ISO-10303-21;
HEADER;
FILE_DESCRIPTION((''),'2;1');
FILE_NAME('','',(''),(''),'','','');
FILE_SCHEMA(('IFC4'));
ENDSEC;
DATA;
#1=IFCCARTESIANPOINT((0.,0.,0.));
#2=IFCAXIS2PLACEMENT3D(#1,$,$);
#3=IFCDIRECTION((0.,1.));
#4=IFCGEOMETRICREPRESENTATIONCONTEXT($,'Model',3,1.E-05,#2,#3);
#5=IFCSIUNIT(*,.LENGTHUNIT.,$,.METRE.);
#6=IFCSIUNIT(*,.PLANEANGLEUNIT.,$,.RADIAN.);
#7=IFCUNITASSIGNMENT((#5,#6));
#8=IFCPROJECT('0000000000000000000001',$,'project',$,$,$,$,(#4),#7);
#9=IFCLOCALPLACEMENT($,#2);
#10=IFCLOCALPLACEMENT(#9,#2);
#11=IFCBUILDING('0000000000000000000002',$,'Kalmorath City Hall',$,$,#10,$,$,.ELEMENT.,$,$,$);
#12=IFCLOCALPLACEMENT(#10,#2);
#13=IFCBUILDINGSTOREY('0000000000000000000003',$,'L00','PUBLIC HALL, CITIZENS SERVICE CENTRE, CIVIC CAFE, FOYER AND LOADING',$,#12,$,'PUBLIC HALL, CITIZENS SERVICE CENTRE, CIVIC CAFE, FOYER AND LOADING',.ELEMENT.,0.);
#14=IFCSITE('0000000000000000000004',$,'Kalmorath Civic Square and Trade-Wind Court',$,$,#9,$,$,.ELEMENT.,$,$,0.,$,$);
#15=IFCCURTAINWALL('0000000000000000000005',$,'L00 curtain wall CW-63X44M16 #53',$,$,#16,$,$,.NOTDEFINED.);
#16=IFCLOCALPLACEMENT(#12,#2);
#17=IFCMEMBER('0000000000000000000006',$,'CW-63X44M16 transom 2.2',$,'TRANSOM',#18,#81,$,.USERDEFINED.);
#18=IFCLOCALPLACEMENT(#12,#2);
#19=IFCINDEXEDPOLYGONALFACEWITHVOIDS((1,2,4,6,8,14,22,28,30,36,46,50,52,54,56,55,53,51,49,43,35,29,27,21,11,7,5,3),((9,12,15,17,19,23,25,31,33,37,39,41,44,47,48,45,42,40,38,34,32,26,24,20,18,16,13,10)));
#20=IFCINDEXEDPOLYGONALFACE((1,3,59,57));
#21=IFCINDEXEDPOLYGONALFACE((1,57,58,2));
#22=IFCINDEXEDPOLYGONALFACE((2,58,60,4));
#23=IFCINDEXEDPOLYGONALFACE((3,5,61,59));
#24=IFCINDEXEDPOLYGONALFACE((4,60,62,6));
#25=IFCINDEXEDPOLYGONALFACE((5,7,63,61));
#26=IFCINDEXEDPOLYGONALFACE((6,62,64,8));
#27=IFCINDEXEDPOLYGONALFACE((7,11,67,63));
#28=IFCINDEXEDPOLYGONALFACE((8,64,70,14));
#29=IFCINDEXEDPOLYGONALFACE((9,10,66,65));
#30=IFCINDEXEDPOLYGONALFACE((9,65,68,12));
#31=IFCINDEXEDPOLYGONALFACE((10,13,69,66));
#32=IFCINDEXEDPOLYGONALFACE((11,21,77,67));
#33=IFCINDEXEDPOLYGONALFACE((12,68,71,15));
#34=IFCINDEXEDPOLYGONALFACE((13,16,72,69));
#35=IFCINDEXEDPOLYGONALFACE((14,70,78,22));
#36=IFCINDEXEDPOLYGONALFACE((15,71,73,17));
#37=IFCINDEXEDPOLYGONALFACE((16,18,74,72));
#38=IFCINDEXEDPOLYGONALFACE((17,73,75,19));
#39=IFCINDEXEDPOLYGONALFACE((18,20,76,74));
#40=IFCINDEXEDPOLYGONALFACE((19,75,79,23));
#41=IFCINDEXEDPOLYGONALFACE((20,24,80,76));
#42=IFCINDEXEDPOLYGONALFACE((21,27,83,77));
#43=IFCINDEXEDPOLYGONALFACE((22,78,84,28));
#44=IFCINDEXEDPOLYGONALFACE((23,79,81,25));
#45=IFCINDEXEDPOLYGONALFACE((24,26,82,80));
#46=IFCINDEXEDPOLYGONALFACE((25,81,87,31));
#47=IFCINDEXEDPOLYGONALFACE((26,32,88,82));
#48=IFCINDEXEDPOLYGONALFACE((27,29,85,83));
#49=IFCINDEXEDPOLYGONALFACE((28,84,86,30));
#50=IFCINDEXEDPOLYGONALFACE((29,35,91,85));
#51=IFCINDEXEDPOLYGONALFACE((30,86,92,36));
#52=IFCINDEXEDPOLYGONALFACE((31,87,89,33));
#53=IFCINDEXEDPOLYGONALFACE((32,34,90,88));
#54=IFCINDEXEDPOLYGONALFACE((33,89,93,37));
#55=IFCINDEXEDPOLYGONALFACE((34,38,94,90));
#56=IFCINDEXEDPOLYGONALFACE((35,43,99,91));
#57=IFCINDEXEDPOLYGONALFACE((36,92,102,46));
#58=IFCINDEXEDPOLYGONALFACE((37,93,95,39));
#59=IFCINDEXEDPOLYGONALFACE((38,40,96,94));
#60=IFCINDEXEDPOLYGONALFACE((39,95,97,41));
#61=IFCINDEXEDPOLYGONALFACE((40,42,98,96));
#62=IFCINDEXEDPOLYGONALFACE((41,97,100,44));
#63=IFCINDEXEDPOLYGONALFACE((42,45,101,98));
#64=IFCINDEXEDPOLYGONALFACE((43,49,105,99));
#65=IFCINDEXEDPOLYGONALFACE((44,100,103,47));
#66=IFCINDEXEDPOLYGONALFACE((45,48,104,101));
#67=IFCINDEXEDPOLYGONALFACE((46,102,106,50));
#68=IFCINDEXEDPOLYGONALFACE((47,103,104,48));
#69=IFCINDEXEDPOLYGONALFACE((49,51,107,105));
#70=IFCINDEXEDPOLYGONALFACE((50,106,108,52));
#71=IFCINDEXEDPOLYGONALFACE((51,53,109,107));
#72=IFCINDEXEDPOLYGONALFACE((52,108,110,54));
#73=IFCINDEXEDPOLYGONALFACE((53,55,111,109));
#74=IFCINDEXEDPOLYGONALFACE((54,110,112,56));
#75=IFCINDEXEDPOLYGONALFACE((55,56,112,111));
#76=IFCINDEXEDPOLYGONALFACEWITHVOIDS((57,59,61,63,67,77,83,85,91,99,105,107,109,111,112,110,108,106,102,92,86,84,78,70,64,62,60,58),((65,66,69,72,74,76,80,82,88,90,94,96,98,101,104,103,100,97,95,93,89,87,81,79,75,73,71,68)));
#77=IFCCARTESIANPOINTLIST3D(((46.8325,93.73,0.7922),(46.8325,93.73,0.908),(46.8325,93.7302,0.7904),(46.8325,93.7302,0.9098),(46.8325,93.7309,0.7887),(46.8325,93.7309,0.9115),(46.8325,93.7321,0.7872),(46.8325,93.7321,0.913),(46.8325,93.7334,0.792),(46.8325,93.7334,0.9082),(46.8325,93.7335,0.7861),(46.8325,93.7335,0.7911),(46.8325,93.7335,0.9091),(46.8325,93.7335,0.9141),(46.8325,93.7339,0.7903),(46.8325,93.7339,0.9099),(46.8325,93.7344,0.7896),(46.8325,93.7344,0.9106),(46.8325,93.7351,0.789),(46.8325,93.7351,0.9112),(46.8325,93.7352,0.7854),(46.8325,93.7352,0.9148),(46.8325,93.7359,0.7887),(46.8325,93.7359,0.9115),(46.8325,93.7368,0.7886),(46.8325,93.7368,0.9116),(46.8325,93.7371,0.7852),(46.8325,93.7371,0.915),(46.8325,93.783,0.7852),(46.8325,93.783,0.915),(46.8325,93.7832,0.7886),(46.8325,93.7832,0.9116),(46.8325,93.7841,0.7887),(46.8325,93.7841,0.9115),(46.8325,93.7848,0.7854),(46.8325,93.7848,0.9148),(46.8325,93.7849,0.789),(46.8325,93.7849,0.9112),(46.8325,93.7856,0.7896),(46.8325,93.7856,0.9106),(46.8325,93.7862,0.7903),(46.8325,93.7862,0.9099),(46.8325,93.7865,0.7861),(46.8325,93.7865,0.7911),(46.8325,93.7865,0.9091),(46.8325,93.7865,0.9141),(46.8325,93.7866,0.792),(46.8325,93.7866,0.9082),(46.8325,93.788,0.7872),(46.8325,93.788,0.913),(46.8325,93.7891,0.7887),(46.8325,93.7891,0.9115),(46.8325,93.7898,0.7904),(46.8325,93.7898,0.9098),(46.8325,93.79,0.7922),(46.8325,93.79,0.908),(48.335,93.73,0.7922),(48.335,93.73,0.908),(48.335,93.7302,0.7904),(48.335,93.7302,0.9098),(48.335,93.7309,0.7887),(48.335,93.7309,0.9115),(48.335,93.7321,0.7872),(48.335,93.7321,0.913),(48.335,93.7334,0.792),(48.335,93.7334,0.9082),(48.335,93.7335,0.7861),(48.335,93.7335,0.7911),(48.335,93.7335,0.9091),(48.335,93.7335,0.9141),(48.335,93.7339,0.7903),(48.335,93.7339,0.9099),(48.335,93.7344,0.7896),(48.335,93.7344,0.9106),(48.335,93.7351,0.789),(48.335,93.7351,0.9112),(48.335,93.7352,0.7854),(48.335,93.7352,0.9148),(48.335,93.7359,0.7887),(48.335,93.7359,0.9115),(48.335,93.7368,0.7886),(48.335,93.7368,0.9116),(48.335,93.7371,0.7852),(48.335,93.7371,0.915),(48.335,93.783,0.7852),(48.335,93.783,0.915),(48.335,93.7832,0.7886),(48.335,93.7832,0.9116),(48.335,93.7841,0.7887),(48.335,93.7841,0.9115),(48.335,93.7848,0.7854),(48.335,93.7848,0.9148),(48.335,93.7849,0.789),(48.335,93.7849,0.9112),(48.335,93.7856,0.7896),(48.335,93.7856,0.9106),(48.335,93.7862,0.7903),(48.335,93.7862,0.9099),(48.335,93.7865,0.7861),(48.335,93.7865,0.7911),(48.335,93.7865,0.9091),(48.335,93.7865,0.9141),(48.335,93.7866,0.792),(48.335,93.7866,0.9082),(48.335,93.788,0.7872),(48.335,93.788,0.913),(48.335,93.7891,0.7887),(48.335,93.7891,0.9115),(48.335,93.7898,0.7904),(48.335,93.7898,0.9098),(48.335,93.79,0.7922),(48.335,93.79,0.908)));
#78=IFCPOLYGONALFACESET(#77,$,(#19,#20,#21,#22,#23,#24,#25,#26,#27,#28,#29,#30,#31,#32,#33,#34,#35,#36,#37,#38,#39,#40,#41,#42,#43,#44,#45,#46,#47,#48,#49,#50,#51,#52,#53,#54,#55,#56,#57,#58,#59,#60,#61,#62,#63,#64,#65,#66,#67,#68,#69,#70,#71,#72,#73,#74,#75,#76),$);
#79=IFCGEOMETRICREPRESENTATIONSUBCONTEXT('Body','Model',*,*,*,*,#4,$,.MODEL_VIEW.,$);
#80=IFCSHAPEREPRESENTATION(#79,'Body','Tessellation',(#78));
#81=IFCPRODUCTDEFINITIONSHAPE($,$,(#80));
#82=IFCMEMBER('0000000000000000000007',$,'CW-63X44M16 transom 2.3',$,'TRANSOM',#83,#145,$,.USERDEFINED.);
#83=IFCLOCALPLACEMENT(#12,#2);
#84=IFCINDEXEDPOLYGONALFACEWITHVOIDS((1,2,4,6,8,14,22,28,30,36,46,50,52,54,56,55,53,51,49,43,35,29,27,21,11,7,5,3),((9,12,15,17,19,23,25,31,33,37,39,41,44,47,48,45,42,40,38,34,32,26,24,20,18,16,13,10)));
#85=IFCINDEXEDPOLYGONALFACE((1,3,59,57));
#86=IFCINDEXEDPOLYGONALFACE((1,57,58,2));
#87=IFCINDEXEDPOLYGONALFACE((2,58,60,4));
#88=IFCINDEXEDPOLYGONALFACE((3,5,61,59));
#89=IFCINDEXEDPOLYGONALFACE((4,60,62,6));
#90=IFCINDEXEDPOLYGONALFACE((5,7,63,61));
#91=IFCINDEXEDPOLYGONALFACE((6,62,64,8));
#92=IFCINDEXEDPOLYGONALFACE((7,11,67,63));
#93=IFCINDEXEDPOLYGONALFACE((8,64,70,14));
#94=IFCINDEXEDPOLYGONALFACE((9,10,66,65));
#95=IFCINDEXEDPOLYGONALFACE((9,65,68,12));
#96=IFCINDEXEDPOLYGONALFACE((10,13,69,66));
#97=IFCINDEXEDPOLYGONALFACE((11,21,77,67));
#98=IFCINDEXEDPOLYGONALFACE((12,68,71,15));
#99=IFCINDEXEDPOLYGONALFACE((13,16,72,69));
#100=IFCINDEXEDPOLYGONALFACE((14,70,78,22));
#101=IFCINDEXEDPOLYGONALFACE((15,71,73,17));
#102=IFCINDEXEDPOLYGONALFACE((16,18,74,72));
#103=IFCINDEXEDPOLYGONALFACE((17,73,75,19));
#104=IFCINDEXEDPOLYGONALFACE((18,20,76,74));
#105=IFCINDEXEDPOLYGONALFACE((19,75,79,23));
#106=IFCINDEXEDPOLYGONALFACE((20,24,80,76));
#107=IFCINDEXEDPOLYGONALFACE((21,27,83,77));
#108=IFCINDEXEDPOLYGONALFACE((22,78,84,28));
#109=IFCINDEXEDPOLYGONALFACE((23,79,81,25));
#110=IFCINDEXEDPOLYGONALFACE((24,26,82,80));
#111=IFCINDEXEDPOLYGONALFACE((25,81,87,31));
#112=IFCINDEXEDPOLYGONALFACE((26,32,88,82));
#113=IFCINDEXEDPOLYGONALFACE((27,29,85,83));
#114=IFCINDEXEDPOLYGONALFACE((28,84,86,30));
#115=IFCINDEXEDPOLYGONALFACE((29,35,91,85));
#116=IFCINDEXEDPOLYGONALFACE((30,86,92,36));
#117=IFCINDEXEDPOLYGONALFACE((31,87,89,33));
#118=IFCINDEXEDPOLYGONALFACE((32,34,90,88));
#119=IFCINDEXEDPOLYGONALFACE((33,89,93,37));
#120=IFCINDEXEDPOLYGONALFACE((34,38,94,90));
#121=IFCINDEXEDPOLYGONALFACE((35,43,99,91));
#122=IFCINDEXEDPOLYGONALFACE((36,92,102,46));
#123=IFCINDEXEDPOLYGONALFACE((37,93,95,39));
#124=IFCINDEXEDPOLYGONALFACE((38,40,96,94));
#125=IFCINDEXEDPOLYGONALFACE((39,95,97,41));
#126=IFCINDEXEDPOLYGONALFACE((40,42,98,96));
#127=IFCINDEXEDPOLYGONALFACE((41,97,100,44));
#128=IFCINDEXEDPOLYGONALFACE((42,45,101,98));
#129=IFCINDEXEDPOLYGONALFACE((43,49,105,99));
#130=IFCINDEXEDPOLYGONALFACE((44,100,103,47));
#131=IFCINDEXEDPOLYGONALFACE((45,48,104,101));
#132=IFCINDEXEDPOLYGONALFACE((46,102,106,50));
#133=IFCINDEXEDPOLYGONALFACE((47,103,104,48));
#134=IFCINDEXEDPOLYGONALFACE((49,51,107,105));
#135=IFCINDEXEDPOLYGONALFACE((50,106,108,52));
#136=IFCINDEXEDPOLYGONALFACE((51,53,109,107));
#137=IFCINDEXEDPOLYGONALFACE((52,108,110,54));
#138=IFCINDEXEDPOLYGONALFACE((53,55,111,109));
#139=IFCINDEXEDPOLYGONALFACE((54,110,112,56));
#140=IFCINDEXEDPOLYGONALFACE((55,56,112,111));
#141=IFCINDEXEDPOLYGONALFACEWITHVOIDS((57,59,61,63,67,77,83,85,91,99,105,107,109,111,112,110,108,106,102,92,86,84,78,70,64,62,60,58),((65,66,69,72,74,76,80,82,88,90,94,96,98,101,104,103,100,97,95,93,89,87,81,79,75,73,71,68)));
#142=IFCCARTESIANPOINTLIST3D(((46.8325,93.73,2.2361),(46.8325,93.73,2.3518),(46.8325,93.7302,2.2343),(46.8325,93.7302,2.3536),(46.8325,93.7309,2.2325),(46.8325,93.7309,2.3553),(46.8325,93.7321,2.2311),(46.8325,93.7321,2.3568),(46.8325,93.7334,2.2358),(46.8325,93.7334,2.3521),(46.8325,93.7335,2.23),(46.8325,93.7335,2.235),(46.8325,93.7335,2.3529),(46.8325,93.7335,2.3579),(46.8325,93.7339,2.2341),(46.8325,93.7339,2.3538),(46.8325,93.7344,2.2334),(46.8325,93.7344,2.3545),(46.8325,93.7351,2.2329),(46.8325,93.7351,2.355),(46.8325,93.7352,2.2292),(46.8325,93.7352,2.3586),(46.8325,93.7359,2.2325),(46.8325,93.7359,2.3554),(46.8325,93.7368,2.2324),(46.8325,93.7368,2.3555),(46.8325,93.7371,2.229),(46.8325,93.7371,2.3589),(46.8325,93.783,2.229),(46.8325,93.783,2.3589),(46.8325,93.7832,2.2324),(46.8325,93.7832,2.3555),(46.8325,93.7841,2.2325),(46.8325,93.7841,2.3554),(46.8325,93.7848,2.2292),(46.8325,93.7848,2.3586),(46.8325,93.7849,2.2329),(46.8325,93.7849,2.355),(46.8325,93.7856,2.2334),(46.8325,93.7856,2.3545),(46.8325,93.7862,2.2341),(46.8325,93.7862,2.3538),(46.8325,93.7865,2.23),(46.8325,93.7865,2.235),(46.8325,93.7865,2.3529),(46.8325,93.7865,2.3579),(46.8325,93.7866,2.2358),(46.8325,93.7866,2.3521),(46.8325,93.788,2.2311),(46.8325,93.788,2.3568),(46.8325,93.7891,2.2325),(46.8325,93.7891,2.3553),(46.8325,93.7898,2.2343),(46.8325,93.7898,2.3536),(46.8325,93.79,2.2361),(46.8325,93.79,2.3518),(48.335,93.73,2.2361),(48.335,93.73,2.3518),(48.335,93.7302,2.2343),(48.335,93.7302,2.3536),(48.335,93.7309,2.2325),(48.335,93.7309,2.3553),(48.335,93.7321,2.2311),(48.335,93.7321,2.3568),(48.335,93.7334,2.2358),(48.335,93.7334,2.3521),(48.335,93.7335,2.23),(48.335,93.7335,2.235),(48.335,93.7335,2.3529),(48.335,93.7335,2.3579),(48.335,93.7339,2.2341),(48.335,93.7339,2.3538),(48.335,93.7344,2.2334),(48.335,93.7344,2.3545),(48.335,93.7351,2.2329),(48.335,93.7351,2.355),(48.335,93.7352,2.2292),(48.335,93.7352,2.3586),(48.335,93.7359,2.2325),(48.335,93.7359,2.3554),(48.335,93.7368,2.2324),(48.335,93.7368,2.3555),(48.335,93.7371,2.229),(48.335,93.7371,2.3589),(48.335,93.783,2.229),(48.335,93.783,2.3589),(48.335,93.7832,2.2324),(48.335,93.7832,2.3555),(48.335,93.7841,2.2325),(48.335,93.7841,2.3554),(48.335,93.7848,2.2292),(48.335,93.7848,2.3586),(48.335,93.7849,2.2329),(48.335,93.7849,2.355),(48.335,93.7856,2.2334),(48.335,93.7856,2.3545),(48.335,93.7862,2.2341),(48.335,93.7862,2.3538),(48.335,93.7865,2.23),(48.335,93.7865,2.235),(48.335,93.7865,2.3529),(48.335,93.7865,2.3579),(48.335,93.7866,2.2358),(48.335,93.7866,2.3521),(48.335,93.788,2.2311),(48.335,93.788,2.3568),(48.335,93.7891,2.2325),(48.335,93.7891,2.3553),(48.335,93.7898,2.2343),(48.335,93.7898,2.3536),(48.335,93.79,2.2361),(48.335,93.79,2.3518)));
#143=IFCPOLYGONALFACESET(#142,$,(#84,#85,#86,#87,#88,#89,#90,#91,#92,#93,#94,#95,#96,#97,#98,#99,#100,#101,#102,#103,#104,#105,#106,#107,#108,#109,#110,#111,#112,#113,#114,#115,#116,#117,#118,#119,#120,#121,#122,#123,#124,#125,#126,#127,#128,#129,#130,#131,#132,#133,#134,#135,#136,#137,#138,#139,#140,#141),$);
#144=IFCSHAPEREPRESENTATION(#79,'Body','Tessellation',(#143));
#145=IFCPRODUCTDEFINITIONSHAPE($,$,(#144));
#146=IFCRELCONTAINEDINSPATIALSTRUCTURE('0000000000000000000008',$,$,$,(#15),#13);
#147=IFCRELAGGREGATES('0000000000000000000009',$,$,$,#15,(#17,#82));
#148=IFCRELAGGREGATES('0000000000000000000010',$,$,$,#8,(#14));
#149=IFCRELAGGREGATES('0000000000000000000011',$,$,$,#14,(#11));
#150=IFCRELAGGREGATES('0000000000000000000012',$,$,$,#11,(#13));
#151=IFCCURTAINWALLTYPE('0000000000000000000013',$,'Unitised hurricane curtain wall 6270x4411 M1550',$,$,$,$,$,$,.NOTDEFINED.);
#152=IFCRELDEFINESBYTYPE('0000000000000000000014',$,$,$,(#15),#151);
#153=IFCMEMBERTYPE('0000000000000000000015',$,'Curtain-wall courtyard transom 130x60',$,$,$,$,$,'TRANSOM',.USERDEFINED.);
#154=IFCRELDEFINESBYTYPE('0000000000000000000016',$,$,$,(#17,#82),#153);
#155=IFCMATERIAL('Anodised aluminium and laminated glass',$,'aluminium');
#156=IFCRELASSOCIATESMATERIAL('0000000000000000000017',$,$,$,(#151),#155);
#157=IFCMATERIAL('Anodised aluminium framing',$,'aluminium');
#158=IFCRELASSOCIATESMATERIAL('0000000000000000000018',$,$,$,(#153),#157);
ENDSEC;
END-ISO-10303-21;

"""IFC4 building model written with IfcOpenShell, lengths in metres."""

from ifc_helpers import new_model, si_unit, direction, frame, origin, origin_2d, place, context, subcontext, project, spatial, hollow_rectangle, extrude, material, material_profile, profile_set, type_object, element, aggregate, save


model = new_model("IFC4")

# Units and contexts
model_context = context("Model", 3, precision=1e-05, world=origin(), true_north=direction((0.0, 1.0)))
body_context = subcontext(model_context, "Body", "Model", "MODEL_VIEW")
ifc_project = project(units=[si_unit("LENGTHUNIT", "METRE"), si_unit("PLANEANGLEUNIT", "RADIAN")], contexts=[model_context])

# Site, building, storey
site_placement = place(None, origin())
site = spatial("IfcSite", under=ifc_project, at=site_placement, Name="Kalmorath Civic Square and Trade-Wind Court", CompositionType="ELEMENT", RefElevation=0.0)
building_placement = place(site_placement, origin())
building = spatial("IfcBuilding", under=site, at=building_placement, Name="Kalmorath City Hall", CompositionType="ELEMENT")
storey_placement = place(building_placement, origin())
storey = spatial("IfcBuildingStorey", under=building, at=storey_placement, Name="L00", Description="PUBLIC HALL, CITIZENS SERVICE CENTRE, CIVIC CAFE, FOYER AND LOADING", LongName="PUBLIC HALL, CITIZENS SERVICE CENTRE, CIVIC CAFE, FOYER AND LOADING", CompositionType="ELEMENT", Elevation=0.0)

# Curtain wall, members
ifc_material_1 = material(Name="Anodised aluminium and laminated glass", Category="aluminium")
curtain_wall_type = type_object("IfcCurtainWallType", Name="Unitised hurricane curtain wall 6270x4411 M1550", PredefinedType="NOTDEFINED", material=ifc_material_1)
curtain_wall_placement = place(storey_placement, origin())
curtain_wall = element("IfcCurtainWall", 1, at=curtain_wall_placement, inside=storey, type_object=curtain_wall_type, Name="L00 curtain wall CW-63X44M16 #53", PredefinedType="NOTDEFINED")
ifc_material_2 = material(Name="Anodised aluminium framing", Category="aluminium")
ifc_material_profile_1 = material_profile(ifc_material_2, hollow_rectangle(XDim=0.0601, YDim=0.1299, WallThickness=0.0034, InnerFilletRadius=0.0034, OuterFilletRadius=0.0071, at=origin_2d()), Name="ALU-TRN-130X60X3.5")
ifc_profile_set_1 = profile_set([ifc_material_profile_1], Name="Anodised aluminium framing")
member_type_1 = type_object("IfcMemberType", Name="Curtain-wall courtyard transom 130x60", ElementType="TRANSOM", PredefinedType="USERDEFINED", material=ifc_profile_set_1)
member_1_placement = place(storey_placement, frame((48.335, 93.76, 0.8501), z_axis=(-1.0, 0.0, 0.0), x_axis=(0.0, -1.0, 0.0)))
member_1 = element("IfcMember", 2, at=member_1_placement, type_object=member_type_1, Name="CW-63X44M16 transom 2.2", ObjectType="TRANSOM", PredefinedType="USERDEFINED", context=body_context, shape_type="SweptSolid", body=[
    extrude(hollow_rectangle(XDim=0.0601, YDim=0.1299, WallThickness=0.0034, InnerFilletRadius=0.0034, OuterFilletRadius=0.0071, at=origin_2d()), origin(), (0.0, 0.0, 1.0), 1.5024),
])
member_2_placement = place(storey_placement, frame((48.335, 93.76, 2.2939), z_axis=(-1.0, 0.0, 0.0), x_axis=(0.0, -1.0, 0.0)))
member_2 = element("IfcMember", 3, at=member_2_placement, type_object=member_type_1, Name="CW-63X44M16 transom 2.3", ObjectType="TRANSOM", PredefinedType="USERDEFINED", context=body_context, shape_type="SweptSolid", body=[
    extrude(hollow_rectangle(XDim=0.0601, YDim=0.1299, WallThickness=0.0034, InnerFilletRadius=0.0034, OuterFilletRadius=0.0071, at=origin_2d()), origin(), (0.0, 0.0, 1.0), 1.5024),
])
aggregate(curtain_wall, [member_1, member_2])

save(model, "model.ifc")
